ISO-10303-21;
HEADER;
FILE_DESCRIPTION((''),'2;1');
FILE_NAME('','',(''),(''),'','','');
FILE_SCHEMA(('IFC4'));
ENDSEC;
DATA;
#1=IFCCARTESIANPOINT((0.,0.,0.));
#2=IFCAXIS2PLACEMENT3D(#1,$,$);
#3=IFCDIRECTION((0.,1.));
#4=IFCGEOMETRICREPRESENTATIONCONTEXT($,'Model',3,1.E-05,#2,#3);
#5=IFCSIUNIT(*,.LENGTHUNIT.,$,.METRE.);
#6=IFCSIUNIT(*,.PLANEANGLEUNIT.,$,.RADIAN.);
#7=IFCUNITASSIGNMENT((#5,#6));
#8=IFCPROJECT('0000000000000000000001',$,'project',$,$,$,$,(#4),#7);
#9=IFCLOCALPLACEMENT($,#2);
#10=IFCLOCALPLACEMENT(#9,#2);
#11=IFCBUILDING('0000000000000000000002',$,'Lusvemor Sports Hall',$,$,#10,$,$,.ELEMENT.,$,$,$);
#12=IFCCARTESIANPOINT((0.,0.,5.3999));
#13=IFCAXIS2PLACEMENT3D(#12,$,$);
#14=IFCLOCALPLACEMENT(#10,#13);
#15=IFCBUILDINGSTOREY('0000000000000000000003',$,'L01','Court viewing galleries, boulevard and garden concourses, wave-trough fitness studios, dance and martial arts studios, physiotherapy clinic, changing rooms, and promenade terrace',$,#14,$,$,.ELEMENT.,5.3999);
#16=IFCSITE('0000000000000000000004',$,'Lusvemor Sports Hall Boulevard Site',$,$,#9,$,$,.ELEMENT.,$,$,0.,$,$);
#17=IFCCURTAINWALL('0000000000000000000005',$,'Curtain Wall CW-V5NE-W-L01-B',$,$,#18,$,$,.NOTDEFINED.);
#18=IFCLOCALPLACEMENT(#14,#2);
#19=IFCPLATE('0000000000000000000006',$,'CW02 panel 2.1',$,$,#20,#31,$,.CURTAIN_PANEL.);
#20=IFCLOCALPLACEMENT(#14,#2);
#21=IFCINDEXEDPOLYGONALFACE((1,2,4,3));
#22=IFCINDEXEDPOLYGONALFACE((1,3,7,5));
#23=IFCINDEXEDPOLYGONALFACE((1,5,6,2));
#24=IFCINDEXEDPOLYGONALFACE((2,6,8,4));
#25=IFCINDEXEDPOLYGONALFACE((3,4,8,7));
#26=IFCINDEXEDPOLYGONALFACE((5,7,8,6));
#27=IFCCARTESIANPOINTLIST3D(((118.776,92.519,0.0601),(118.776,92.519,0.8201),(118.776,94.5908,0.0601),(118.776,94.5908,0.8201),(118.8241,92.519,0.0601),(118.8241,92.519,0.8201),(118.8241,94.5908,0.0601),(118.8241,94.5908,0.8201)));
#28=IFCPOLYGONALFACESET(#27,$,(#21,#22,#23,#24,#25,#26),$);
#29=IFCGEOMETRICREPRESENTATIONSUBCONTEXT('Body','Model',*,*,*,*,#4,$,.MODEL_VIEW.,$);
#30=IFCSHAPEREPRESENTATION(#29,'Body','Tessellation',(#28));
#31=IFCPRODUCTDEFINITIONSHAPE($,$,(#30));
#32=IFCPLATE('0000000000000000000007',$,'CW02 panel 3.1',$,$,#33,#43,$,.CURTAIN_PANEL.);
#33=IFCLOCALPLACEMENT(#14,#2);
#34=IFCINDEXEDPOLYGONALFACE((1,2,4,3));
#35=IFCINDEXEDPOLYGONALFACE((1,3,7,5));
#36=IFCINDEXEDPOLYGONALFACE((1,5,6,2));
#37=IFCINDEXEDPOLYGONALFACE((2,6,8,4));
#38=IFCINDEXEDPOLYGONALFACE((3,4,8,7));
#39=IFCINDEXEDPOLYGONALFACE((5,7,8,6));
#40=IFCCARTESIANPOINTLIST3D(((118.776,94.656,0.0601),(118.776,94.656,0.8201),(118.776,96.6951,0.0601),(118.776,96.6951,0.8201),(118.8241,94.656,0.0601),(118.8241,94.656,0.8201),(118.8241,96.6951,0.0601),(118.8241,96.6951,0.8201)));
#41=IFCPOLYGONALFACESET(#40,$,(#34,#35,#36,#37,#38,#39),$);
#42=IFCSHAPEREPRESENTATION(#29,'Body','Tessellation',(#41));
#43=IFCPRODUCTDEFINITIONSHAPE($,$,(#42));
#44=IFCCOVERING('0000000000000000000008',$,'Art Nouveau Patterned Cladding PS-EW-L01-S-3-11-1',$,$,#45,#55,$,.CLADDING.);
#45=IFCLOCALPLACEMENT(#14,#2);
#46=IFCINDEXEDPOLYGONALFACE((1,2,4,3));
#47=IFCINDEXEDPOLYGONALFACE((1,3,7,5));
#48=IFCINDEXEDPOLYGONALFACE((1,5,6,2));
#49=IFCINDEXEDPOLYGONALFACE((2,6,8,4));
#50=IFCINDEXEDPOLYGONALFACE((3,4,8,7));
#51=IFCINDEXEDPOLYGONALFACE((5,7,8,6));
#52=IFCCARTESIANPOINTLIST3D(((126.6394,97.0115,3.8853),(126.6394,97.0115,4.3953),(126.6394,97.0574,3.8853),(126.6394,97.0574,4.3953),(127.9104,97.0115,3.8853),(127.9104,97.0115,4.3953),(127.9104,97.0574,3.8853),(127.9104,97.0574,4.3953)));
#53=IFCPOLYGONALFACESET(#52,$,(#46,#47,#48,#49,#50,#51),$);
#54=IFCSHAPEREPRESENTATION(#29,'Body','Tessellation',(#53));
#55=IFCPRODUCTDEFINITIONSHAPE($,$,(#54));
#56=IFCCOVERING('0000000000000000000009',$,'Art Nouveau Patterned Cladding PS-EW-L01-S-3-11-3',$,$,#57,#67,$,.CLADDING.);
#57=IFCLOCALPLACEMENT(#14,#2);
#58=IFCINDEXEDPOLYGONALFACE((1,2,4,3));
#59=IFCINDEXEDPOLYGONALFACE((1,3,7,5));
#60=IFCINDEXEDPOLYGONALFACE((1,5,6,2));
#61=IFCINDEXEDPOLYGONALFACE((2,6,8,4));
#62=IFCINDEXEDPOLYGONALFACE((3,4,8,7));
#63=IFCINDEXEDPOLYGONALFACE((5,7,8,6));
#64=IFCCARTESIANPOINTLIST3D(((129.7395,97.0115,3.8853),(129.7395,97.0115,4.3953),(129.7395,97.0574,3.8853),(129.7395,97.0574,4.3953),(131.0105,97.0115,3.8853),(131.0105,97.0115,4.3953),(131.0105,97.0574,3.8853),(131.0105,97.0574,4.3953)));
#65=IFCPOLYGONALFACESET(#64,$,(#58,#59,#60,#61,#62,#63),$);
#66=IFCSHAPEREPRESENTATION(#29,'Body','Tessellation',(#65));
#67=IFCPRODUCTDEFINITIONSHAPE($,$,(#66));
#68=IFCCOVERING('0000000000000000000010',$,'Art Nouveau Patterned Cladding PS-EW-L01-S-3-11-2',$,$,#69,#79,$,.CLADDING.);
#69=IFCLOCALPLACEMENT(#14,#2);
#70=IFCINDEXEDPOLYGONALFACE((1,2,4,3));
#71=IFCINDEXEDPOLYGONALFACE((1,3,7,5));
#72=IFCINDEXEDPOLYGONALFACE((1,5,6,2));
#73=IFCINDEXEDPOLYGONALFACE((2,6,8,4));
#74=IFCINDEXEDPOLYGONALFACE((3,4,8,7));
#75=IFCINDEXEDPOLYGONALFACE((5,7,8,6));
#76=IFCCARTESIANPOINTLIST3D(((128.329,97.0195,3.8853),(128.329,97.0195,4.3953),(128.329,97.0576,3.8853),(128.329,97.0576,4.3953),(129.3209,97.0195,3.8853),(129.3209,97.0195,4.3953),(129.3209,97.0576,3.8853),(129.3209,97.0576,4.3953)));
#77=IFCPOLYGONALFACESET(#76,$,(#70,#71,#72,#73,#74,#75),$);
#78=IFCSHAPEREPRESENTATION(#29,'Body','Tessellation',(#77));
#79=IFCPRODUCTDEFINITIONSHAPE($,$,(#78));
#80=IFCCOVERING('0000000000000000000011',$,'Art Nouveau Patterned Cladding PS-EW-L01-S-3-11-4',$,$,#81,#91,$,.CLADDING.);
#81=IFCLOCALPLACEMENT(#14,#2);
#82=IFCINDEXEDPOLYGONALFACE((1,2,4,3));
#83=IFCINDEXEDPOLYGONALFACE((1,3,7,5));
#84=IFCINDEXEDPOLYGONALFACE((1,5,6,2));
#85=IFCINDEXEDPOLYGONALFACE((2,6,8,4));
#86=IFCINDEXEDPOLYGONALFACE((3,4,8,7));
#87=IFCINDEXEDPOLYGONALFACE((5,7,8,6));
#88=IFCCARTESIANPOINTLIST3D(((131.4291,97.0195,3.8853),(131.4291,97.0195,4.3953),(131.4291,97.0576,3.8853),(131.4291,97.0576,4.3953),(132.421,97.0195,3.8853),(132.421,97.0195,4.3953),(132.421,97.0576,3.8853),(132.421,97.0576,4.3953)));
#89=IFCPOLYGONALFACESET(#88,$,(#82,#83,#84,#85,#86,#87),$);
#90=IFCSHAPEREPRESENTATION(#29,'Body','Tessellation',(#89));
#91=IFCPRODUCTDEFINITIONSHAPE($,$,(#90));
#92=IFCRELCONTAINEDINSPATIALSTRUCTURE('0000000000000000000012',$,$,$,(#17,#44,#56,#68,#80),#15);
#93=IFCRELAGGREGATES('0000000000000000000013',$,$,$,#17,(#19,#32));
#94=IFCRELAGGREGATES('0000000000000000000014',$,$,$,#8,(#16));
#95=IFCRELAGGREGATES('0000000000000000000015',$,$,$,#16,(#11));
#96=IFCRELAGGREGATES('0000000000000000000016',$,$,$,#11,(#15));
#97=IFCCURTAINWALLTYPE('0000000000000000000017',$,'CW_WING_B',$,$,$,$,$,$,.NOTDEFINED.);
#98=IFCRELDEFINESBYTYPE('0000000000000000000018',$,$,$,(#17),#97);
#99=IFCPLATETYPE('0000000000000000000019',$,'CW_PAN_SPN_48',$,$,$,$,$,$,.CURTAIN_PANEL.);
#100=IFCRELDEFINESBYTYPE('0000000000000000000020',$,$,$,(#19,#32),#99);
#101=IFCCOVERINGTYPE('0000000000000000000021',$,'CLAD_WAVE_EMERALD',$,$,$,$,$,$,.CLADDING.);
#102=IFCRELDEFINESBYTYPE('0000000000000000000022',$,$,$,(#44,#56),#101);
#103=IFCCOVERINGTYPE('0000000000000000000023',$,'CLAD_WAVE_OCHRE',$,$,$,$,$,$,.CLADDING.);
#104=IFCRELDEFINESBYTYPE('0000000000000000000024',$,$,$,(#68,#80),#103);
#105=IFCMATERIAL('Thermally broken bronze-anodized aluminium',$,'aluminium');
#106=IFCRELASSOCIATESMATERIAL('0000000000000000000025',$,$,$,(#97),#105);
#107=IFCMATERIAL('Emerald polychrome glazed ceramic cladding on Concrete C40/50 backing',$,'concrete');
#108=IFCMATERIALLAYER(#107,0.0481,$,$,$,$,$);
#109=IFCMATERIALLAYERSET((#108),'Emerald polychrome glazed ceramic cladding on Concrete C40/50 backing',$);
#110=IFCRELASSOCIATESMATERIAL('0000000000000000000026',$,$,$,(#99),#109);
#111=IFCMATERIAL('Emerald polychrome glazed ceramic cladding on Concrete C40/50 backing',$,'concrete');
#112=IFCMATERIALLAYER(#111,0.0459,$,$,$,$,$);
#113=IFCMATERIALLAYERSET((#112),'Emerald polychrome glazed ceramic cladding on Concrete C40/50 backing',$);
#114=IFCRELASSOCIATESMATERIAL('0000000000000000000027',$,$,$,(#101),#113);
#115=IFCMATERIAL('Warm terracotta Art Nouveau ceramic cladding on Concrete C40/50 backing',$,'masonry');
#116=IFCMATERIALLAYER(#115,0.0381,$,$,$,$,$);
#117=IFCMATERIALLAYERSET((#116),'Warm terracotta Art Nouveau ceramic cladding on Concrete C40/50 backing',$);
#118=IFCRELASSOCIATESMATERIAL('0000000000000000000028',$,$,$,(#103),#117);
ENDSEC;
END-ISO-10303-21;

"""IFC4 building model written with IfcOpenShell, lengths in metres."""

from ifc_helpers import new_model, si_unit, direction, frame, origin, origin_2d, place, context, subcontext, project, spatial, rectangle, extrude, material, layer, layer_set, type_object, element, aggregate, save


model = new_model("IFC4")

# Units and contexts
model_context = context("Model", 3, precision=1e-05, world=origin(), true_north=direction((0.0, 1.0)))
body_context = subcontext(model_context, "Body", "Model", "MODEL_VIEW")
ifc_project = project(units=[si_unit("LENGTHUNIT", "METRE"), si_unit("PLANEANGLEUNIT", "RADIAN")], contexts=[model_context])

# Site, building, storey
site_placement = place(None, origin())
site = spatial("IfcSite", under=ifc_project, at=site_placement, Name="Lusvemor Sports Hall Boulevard Site", CompositionType="ELEMENT", RefElevation=0.0)
building_placement = place(site_placement, origin())
building = spatial("IfcBuilding", under=site, at=building_placement, Name="Lusvemor Sports Hall", CompositionType="ELEMENT")
storey_placement = place(building_placement, frame((0.0, 0.0, 5.3999)))
storey = spatial("IfcBuildingStorey", under=building, at=storey_placement, Name="L01", Description="Court viewing galleries, boulevard and garden concourses, wave-trough fitness studios, dance and martial arts studios, physiotherapy clinic, changing rooms, and promenade terrace", CompositionType="ELEMENT", Elevation=5.3999)

# Curtain wall
ifc_material_1 = material(Name="Thermally broken bronze-anodized aluminium", Category="aluminium")
curtain_wall_type = type_object("IfcCurtainWallType", Name="CW_WING_B", PredefinedType="NOTDEFINED", material=ifc_material_1)
curtain_wall_1_placement = place(storey_placement, origin())
curtain_wall_1 = element("IfcCurtainWall", 1, at=curtain_wall_1_placement, inside=storey, type_object=curtain_wall_type, Name="Curtain Wall CW-V5NE-W-L01-B", PredefinedType="NOTDEFINED")

# Plates
ifc_material_2 = material(Name="Emerald polychrome glazed ceramic cladding on Concrete C40/50 backing", Category="concrete")
ifc_layer_1 = layer(ifc_material_2, 0.0481)
ifc_layer_set_1 = layer_set([ifc_layer_1], Name="Emerald polychrome glazed ceramic cladding on Concrete C40/50 backing")
plate_type_1 = type_object("IfcPlateType", Name="CW_PAN_SPN_48", PredefinedType="CURTAIN_PANEL", material=ifc_layer_set_1)
plate_1_placement = place(storey_placement, frame((118.8, 93.5549, 0.0601), z_axis=(0.0, 0.0, 1.0), x_axis=(0.0, 1.0, 0.0)))
plate_1 = element("IfcPlate", 2, at=plate_1_placement, type_object=plate_type_1, Name="CW02 panel 2.1", PredefinedType="CURTAIN_PANEL", context=body_context, shape_type="SweptSolid", body=[
    extrude(rectangle(XDim=2.0718, YDim=0.0481, at=origin_2d()), origin(), (0.0, 0.0, 1.0), 0.76),
])
plate_2_placement = place(storey_placement, frame((118.8, 95.6755, 0.0601), z_axis=(0.0, 0.0, 1.0), x_axis=(0.0, 1.0, 0.0)))
plate_2 = element("IfcPlate", 3, at=plate_2_placement, type_object=plate_type_1, Name="CW02 panel 3.1", PredefinedType="CURTAIN_PANEL", context=body_context, shape_type="SweptSolid", body=[
    extrude(rectangle(XDim=2.0391, YDim=0.0481, at=origin_2d()), origin(), (0.0, 0.0, 1.0), 0.76),
])
aggregate(curtain_wall_1, [plate_1, plate_2])

# Coverings
ifc_material_3 = material(Name="Emerald polychrome glazed ceramic cladding on Concrete C40/50 backing", Category="concrete")
ifc_layer_2 = layer(ifc_material_3, 0.0459)
ifc_layer_set_2 = layer_set([ifc_layer_2], Name="Emerald polychrome glazed ceramic cladding on Concrete C40/50 backing")
covering_type_1 = type_object("IfcCoveringType", Name="CLAD_WAVE_EMERALD", PredefinedType="CLADDING", material=ifc_layer_set_2)
for number, where, z_axis, x_axis, name in (
    (4, (127.2749, 97.0344, 3.8853), (0.0, 0.0, 1.0), (1.0, 0.0, 0.0), "Art Nouveau Patterned Cladding PS-EW-L01-S-3-11-1"),
    (5, (130.375, 97.0344, 3.8853), (0.0, 0.0, 1.0), (1.0, 0.0, 0.0), "Art Nouveau Patterned Cladding PS-EW-L01-S-3-11-3"),
):
    element("IfcCovering", number, at=place(storey_placement, frame(where, z_axis=z_axis, x_axis=x_axis)), inside=storey, type_object=covering_type_1, Name=name, PredefinedType="CLADDING", context=body_context, shape_type="SweptSolid", body=[
        extrude(rectangle(XDim=1.271, YDim=0.0459, at=origin_2d()), origin(), (0.0, 0.0, 1.0), 0.51),
    ])
ifc_material_4 = material(Name="Warm terracotta Art Nouveau ceramic cladding on Concrete C40/50 backing", Category="masonry")
ifc_layer_3 = layer(ifc_material_4, 0.0381)
ifc_layer_set_3 = layer_set([ifc_layer_3], Name="Warm terracotta Art Nouveau ceramic cladding on Concrete C40/50 backing")
covering_type_2 = type_object("IfcCoveringType", Name="CLAD_WAVE_OCHRE", PredefinedType="CLADDING", material=ifc_layer_set_3)
for number, where, z_axis, x_axis, name in (
    (6, (128.825, 97.0386, 3.8853), (0.0, 0.0, 1.0), (1.0, 0.0, 0.0), "Art Nouveau Patterned Cladding PS-EW-L01-S-3-11-2"),
    (7, (131.925, 97.0386, 3.8853), (0.0, 0.0, 1.0), (1.0, 0.0, 0.0), "Art Nouveau Patterned Cladding PS-EW-L01-S-3-11-4"),
):
    element("IfcCovering", number, at=place(storey_placement, frame(where, z_axis=z_axis, x_axis=x_axis)), inside=storey, type_object=covering_type_2, Name=name, PredefinedType="CLADDING", context=body_context, shape_type="SweptSolid", body=[
        extrude(rectangle(XDim=0.9919, YDim=0.0381, at=origin_2d()), origin(), (0.0, 0.0, 1.0), 0.51),
    ])

save(model, "model.ifc")
